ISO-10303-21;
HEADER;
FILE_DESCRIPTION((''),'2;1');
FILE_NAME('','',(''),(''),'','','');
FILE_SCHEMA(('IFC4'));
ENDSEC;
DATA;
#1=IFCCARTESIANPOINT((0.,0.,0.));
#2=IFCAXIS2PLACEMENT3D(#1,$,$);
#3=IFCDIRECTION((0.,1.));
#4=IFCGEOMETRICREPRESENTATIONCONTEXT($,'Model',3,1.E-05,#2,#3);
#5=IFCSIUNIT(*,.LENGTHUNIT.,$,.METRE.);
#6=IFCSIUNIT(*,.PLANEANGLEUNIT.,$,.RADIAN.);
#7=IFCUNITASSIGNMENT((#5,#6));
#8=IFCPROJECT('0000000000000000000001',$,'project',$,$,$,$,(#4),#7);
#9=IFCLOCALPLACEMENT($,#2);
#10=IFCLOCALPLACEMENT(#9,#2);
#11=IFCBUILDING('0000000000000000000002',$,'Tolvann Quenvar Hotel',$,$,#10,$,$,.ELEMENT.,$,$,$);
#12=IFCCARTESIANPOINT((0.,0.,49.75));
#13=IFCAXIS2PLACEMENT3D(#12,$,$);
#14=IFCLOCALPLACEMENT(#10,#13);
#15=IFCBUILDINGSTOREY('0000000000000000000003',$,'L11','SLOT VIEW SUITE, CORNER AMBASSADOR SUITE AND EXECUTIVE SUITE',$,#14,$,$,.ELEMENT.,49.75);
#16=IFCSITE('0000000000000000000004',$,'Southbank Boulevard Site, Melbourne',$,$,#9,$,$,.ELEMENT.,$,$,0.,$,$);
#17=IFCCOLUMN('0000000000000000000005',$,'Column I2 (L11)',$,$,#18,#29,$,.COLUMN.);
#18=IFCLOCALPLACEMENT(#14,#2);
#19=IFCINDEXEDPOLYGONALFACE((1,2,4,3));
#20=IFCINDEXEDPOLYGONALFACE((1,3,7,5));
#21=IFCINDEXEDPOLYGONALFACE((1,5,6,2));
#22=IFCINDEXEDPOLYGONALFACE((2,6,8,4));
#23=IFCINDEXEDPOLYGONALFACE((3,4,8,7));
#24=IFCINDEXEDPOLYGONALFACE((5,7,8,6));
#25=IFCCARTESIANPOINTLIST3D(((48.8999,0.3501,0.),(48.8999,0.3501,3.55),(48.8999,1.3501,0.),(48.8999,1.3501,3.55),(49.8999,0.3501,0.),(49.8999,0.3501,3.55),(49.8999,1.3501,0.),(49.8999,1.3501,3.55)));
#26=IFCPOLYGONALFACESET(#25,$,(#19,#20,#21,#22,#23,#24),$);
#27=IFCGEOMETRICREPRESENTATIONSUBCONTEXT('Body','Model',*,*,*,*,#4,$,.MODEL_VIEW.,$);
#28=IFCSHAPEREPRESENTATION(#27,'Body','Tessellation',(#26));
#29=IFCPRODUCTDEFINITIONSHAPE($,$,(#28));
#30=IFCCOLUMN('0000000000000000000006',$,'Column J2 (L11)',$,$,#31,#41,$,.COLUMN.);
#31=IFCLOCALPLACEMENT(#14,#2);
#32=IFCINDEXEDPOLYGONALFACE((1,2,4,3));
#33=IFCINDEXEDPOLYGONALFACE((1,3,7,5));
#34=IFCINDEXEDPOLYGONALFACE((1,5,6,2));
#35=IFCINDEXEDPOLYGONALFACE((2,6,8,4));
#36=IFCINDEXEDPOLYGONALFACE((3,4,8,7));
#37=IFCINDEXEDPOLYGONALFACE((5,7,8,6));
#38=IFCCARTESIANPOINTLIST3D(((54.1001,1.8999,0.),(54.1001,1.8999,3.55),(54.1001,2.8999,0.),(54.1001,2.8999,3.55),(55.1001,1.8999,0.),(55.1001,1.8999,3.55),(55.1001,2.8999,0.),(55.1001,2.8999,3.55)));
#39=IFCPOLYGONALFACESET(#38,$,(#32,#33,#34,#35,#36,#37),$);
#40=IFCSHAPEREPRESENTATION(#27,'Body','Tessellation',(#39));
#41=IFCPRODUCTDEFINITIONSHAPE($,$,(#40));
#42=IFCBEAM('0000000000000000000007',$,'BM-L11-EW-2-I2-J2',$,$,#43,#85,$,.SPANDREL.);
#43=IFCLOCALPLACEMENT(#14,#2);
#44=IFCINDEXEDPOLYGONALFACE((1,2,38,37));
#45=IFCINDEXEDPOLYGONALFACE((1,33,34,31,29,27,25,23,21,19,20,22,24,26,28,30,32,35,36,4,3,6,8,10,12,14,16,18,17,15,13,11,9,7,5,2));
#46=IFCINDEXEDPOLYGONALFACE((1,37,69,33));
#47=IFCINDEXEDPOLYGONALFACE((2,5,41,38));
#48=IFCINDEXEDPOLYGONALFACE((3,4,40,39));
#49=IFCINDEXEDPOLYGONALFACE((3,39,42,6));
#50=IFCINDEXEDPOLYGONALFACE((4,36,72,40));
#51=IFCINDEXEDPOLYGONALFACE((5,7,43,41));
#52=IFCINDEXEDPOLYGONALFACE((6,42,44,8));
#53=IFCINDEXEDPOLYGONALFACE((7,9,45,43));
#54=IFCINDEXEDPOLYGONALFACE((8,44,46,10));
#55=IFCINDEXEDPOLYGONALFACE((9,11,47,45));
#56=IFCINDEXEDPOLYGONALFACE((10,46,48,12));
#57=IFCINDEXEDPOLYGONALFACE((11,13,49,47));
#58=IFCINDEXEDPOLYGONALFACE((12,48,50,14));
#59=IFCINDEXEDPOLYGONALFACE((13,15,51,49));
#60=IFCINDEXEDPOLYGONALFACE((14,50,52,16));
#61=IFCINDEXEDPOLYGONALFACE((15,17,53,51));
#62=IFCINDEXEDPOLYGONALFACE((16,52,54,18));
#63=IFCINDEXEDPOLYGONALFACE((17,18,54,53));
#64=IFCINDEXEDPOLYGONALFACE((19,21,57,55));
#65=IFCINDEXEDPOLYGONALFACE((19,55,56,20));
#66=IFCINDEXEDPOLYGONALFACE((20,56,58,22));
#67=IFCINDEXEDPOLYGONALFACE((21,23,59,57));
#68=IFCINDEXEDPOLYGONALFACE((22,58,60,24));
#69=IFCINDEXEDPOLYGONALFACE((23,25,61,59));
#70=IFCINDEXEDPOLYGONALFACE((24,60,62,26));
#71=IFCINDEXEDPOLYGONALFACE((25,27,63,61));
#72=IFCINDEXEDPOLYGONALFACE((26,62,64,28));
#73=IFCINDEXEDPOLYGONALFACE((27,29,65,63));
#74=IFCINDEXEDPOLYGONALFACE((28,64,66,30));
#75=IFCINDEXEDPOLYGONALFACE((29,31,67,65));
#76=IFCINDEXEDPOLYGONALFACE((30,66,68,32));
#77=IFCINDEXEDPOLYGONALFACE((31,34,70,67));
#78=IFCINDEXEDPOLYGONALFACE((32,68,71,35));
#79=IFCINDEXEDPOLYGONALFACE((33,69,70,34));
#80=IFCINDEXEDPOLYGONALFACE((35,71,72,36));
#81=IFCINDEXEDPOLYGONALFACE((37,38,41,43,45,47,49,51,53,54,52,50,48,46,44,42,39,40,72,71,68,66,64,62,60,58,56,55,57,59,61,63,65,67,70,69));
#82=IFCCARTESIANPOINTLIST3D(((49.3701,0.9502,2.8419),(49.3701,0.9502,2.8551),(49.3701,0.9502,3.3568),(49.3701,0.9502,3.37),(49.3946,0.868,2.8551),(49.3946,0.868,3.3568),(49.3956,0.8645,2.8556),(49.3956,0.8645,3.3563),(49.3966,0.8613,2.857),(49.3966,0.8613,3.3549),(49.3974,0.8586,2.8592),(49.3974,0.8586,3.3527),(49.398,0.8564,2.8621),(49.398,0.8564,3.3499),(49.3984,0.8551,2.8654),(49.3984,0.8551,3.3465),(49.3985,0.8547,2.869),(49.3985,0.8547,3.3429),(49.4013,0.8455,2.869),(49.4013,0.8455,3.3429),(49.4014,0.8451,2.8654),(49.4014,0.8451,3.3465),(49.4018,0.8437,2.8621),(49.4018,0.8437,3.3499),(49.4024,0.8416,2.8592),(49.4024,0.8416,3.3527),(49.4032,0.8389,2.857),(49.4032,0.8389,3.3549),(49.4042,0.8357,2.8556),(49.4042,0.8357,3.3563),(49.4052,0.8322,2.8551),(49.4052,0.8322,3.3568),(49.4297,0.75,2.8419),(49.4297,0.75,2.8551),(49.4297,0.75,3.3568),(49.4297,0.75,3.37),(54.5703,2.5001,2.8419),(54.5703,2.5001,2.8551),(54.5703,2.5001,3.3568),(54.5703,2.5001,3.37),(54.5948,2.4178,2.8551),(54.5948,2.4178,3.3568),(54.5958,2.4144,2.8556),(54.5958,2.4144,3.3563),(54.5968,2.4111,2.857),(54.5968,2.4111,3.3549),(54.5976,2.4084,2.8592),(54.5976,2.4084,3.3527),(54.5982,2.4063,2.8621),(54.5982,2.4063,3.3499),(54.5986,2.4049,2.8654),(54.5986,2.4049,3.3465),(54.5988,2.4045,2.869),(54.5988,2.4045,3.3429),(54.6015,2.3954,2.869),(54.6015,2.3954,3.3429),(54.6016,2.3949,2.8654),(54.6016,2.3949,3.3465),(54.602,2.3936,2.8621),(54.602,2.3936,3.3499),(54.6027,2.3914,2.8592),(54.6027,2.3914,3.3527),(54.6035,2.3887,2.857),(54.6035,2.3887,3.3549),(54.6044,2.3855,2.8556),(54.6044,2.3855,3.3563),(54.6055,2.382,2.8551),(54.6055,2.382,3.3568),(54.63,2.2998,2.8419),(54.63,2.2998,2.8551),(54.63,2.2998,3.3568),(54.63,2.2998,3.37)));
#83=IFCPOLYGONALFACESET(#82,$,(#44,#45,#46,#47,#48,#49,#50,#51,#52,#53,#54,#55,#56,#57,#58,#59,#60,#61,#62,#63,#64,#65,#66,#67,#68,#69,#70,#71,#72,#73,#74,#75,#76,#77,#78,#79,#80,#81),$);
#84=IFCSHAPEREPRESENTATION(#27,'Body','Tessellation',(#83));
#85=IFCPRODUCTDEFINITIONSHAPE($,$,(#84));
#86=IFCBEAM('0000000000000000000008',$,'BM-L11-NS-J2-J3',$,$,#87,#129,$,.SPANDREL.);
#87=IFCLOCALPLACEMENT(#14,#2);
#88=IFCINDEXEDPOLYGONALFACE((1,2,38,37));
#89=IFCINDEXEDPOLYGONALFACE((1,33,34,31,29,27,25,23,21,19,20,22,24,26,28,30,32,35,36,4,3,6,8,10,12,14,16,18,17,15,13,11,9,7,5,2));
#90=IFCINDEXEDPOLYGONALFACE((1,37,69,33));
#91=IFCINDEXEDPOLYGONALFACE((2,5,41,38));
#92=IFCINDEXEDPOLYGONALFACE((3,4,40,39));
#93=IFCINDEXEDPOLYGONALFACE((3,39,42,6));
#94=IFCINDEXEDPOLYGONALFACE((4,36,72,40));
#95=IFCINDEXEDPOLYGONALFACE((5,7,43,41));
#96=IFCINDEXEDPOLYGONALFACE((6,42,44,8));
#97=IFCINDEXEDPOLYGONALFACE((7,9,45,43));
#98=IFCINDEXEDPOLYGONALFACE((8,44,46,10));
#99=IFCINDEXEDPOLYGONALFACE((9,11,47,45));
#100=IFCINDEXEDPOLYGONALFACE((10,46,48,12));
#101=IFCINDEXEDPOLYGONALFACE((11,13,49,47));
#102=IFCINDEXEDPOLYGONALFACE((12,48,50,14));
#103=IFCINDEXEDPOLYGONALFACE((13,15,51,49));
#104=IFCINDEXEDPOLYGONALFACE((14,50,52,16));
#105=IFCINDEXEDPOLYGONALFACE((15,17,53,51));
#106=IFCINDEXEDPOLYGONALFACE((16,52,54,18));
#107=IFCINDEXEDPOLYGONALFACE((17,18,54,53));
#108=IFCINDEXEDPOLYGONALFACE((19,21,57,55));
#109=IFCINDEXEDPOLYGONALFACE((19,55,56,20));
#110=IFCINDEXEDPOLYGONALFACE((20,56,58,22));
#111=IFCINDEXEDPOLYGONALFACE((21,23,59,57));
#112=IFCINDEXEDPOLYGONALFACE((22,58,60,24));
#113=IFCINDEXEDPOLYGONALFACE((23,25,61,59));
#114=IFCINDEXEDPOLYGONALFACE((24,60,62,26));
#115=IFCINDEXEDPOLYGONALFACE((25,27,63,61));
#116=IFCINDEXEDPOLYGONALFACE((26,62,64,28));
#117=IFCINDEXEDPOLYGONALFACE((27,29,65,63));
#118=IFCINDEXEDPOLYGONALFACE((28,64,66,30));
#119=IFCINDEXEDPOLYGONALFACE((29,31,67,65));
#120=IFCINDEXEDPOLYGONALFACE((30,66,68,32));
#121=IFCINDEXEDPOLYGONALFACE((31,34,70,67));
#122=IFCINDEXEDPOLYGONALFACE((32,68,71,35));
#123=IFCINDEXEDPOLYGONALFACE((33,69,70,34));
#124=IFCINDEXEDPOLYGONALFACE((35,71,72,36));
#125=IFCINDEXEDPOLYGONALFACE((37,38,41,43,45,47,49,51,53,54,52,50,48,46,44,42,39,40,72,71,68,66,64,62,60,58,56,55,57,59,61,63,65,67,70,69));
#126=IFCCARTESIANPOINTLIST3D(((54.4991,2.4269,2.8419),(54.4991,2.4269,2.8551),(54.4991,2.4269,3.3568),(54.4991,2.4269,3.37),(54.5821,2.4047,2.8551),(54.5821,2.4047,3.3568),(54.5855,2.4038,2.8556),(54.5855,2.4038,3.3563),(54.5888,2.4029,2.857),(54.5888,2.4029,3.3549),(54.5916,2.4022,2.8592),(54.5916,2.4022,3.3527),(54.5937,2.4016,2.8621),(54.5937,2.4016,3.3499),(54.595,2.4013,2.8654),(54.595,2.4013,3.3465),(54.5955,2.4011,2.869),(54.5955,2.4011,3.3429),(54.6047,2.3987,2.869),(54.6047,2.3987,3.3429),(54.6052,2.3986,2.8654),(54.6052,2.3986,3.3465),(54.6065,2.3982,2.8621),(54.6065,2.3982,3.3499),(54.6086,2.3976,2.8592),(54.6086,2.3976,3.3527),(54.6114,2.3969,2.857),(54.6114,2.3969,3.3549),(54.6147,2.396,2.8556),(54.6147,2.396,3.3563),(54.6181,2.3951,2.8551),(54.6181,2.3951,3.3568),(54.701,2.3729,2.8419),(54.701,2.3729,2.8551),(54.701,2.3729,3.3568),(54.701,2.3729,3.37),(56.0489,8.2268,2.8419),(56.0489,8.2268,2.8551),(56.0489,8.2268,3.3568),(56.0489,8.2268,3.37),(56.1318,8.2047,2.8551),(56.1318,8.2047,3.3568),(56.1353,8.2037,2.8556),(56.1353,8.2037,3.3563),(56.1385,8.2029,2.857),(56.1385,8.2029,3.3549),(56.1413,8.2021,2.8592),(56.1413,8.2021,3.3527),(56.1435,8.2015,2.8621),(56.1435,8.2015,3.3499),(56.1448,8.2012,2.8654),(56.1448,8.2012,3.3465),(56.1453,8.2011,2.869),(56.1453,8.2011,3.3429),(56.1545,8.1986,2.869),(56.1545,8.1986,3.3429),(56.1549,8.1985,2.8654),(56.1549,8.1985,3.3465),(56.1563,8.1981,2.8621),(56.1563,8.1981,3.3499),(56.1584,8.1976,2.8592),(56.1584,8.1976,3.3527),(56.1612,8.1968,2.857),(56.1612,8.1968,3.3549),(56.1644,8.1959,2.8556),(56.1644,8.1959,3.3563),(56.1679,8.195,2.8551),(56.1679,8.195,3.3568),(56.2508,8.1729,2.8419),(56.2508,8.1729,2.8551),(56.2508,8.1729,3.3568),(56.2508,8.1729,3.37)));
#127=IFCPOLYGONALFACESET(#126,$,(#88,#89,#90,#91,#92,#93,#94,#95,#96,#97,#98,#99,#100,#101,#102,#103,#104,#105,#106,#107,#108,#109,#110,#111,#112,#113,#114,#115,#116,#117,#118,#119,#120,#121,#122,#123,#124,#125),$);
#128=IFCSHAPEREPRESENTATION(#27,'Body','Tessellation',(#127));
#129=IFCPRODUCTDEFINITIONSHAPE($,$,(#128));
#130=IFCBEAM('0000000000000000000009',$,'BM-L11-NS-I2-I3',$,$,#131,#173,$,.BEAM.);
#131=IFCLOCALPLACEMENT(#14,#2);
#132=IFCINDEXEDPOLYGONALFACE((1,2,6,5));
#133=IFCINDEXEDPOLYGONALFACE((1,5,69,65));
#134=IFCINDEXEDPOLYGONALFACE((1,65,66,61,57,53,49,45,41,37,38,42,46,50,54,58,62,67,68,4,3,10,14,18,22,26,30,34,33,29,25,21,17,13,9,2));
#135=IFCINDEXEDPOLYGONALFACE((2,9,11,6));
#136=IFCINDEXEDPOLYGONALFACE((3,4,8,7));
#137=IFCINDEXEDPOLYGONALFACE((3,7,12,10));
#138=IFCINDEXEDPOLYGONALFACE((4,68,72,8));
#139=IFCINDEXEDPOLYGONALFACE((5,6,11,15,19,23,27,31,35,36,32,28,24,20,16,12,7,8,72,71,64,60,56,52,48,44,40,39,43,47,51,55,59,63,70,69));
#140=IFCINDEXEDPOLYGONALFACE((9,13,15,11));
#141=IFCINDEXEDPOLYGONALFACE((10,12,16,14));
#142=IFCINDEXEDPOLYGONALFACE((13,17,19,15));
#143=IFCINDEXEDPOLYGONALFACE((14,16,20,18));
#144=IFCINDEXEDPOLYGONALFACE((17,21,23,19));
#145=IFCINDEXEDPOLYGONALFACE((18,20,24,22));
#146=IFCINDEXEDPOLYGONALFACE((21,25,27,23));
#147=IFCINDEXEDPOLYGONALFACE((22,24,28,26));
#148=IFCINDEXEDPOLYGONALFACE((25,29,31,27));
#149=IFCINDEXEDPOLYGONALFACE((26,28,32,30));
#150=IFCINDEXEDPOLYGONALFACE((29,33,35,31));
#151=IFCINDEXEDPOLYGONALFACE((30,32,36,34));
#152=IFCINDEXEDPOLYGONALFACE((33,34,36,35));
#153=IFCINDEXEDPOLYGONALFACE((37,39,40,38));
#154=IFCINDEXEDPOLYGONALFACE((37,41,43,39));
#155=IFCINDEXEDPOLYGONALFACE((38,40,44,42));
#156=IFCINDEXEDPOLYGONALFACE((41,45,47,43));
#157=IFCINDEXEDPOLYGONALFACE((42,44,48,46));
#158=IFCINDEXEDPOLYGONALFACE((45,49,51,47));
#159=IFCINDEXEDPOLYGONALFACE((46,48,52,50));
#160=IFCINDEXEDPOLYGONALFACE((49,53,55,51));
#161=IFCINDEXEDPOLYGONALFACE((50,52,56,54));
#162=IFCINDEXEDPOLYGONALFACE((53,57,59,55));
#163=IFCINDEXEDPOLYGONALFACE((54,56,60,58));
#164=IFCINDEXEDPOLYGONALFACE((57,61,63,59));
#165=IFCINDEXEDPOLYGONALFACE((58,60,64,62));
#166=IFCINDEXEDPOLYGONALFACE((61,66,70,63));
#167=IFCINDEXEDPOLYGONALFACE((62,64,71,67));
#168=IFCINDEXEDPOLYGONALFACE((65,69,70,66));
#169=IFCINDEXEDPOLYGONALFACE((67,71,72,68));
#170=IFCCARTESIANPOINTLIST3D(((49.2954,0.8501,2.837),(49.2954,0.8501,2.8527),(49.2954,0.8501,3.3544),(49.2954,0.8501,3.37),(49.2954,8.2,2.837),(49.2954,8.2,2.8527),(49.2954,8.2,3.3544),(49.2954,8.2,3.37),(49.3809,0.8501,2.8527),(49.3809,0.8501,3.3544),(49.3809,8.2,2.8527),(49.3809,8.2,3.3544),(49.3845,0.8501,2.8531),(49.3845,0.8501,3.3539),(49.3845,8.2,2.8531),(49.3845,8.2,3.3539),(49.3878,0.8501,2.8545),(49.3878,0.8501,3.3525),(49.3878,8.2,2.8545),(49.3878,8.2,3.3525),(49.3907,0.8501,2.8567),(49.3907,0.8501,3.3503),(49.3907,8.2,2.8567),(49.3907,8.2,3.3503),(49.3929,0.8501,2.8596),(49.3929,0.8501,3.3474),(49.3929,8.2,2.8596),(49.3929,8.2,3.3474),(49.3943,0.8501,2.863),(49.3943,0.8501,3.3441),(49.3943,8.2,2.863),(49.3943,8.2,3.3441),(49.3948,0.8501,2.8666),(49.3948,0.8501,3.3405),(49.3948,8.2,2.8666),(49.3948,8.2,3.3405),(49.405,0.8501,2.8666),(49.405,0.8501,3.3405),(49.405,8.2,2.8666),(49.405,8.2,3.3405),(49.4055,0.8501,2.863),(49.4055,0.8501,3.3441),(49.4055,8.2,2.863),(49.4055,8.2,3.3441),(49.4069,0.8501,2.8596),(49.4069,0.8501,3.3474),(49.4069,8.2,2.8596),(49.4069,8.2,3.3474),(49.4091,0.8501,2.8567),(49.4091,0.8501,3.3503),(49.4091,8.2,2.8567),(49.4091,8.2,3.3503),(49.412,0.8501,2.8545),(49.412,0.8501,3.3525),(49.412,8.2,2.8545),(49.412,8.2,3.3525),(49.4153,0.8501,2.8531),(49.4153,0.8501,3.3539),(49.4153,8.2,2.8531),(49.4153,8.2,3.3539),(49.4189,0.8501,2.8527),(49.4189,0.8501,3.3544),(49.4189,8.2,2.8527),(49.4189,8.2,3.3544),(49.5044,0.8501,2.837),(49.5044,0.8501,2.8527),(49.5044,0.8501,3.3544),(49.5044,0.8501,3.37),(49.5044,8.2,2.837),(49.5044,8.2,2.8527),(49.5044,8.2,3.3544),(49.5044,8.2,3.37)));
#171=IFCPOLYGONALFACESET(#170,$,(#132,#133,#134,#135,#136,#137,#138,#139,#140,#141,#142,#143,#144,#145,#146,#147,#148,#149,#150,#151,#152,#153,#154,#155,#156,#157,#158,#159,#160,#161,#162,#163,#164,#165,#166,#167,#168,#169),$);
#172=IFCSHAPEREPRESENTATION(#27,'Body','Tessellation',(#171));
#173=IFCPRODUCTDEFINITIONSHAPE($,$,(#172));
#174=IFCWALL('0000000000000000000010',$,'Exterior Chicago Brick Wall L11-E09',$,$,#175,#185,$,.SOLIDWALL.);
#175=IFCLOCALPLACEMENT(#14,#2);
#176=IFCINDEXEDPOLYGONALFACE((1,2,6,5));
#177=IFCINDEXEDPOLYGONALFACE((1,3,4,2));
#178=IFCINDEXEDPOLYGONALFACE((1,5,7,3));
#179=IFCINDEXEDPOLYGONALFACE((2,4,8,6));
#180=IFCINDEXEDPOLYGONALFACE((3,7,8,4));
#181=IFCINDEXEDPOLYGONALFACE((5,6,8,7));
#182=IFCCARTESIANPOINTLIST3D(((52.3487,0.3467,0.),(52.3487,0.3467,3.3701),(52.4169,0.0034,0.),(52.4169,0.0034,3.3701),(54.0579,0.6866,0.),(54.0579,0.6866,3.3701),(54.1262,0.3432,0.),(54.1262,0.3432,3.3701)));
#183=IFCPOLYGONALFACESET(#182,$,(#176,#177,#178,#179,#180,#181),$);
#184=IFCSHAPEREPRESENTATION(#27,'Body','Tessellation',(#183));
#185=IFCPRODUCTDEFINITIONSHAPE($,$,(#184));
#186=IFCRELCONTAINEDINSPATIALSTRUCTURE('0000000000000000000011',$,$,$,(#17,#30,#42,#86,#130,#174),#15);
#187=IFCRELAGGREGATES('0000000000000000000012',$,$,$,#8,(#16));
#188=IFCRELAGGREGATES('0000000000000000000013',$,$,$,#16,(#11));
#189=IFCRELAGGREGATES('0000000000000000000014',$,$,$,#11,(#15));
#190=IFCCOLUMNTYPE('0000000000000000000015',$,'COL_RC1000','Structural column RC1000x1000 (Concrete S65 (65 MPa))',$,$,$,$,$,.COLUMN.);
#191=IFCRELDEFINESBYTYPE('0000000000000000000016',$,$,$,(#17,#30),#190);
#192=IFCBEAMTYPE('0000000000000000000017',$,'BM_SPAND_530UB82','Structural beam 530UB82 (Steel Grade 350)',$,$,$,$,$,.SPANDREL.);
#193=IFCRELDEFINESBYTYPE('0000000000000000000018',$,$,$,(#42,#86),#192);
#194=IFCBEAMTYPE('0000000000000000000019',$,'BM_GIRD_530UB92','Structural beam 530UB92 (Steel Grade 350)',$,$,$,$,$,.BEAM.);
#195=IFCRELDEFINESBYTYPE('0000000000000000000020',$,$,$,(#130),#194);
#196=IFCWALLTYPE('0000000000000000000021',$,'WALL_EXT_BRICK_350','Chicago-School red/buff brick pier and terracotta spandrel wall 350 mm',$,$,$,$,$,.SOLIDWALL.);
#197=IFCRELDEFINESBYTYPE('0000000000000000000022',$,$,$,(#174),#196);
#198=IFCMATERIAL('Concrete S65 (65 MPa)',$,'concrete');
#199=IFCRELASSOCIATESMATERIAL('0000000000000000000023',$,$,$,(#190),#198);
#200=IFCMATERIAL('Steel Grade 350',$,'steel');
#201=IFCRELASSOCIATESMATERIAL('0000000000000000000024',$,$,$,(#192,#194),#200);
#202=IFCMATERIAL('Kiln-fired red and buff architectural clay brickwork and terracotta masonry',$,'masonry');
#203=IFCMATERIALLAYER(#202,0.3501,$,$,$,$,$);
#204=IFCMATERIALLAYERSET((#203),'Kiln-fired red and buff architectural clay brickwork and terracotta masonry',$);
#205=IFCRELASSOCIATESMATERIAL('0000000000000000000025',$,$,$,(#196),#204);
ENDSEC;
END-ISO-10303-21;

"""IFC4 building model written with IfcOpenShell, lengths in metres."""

from ifc_helpers import new_model, si_unit, direction, frame, frame_2d, origin, origin_2d, place, context, subcontext, project, spatial, rectangle, i_section, extrude, source, transform, mapped, material, layer, layer_set, material_profile, profile_set, type_object, type_shapes, element, save


model = new_model("IFC4")

# Units and contexts
model_context = context("Model", 3, precision=1e-05, world=origin(), true_north=direction((0.0, 1.0)))
body_context = subcontext(model_context, "Body", "Model", "MODEL_VIEW")
ifc_project = project(units=[si_unit("LENGTHUNIT", "METRE"), si_unit("PLANEANGLEUNIT", "RADIAN")], contexts=[model_context])

# Site, building, storey
site_placement = place(None, origin())
site = spatial("IfcSite", under=ifc_project, at=site_placement, Name="Southbank Boulevard Site, Melbourne", CompositionType="ELEMENT", RefElevation=0.0)
building_placement = place(site_placement, origin())
building = spatial("IfcBuilding", under=site, at=building_placement, Name="Tolvann Quenvar Hotel", CompositionType="ELEMENT")
storey_placement = place(building_placement, frame((0.0, 0.0, 49.75)))
storey = spatial("IfcBuildingStorey", under=building, at=storey_placement, Name="L11", Description="SLOT VIEW SUITE, CORNER AMBASSADOR SUITE AND EXECUTIVE SUITE", CompositionType="ELEMENT", Elevation=49.75)

# Columns
ifc_material_1 = material(Name="Concrete S65 (65 MPa)", Category="concrete")
ifc_material_profile_1 = material_profile(ifc_material_1, rectangle(XDim=1.0, YDim=1.0, at=origin_2d()), Name="RC1000x1000")
ifc_profile_set_1 = profile_set([ifc_material_profile_1], Name="Concrete S65 (65 MPa)")
column_type = type_object("IfcColumnType", Name="COL_RC1000", Description="Structural column RC1000x1000 (Concrete S65 (65 MPa))", PredefinedType="COLUMN", material=ifc_profile_set_1)
shared_shape_1 = source(origin(), body_context, "Body", "SweptSolid", [
    extrude(rectangle(XDim=1.0, YDim=1.0, at=origin_2d()), origin(), (0.0, 0.0, 1.0), 3.55),
])
type_shapes(column_type, [shared_shape_1])
for number, where, z_axis, x_axis, name in (
    (1, (49.3999, 0.8501, 0.0), (0.0, 0.0, 1.0), (1.0, 0.0, 0.0), "Column I2 (L11)"),
    (2, (54.6001, 2.3999, 0.0), (0.0, 0.0, 1.0), (1.0, 0.0, 0.0), "Column J2 (L11)"),
):
    element("IfcColumn", number, at=place(storey_placement, frame(where, z_axis=z_axis, x_axis=x_axis)), inside=storey, type_object=column_type, Name=name, PredefinedType="COLUMN", context=body_context, shape_type="MappedRepresentation", body=[
        mapped(shared_shape_1, transform((0.0, 0.0, 0.0), x_axis=(1.0, 0.0, 0.0), y_axis=(0.0, 1.0, 0.0), z_axis=(0.0, 0.0, 1.0), scale=1.0)),
    ])

# Beams
ifc_material_2 = material(Name="Steel Grade 350", Category="steel")
ifc_material_profile_2 = material_profile(ifc_material_2, i_section(OverallWidth=0.209, OverallDepth=0.5281, WebThickness=0.0095, FlangeThickness=0.0132, FilletRadius=0.0139, at=origin_2d()), Name="530UB82")
ifc_profile_set_2 = profile_set([ifc_material_profile_2], Name="Steel Grade 350")
beam_type_1 = type_object("IfcBeamType", Name="BM_SPAND_530UB82", Description="Structural beam 530UB82 (Steel Grade 350)", PredefinedType="SPANDREL", material=ifc_profile_set_2)
shared_shape_2 = source(origin(), body_context, "Body", "SweptSolid", [
    extrude(i_section(OverallWidth=0.209, OverallDepth=0.5281, WebThickness=0.0095, FlangeThickness=0.0132, FilletRadius=0.0139, at=origin_2d()), origin(), (0.0, 0.0, 1.0), 5.4263),
])
beam_1_placement = place(storey_placement, frame((49.3999, 0.8501, 3.106), z_axis=(0.958345, 0.285614, 0.0), x_axis=(-0.285614, 0.958345, 0.0)))
element("IfcBeam", 3, at=beam_1_placement, inside=storey, type_object=beam_type_1, Name="BM-L11-EW-2-I2-J2", PredefinedType="SPANDREL", context=body_context, shape_type="MappedRepresentation", body=[
    mapped(shared_shape_2, transform((0.0, 0.0, 0.0), x_axis=(1.0, 0.0, 0.0), y_axis=(0.0, 1.0, 0.0), z_axis=(0.0, 0.0, 1.0), scale=1.0)),
])
shared_shape_3 = source(origin(), body_context, "Body", "SweptSolid", [
    extrude(i_section(OverallWidth=0.209, OverallDepth=0.5281, WebThickness=0.0095, FlangeThickness=0.0132, FilletRadius=0.0139, at=origin_2d()), origin(), (0.0, 0.0, 1.0), 6.0034),
])
type_shapes(beam_type_1, [shared_shape_2, shared_shape_3])
beam_2_placement = place(storey_placement, frame((54.6001, 2.3999, 3.106), z_axis=(0.258149, 0.966105, 0.0), x_axis=(-0.966105, 0.258149, 0.0)))
element("IfcBeam", 4, at=beam_2_placement, inside=storey, type_object=beam_type_1, Name="BM-L11-NS-J2-J3", PredefinedType="SPANDREL", context=body_context, shape_type="MappedRepresentation", body=[
    mapped(shared_shape_3, transform((0.0, 0.0, 0.0), x_axis=(1.0, 0.0, 0.0), y_axis=(0.0, 1.0, 0.0), z_axis=(0.0, 0.0, 1.0), scale=1.0)),
])
ifc_material_profile_3 = material_profile(ifc_material_2, i_section(OverallWidth=0.209, OverallDepth=0.533, WebThickness=0.0103, FlangeThickness=0.0156, FilletRadius=0.0139, at=origin_2d()), Name="530UB92")
ifc_profile_set_3 = profile_set([ifc_material_profile_3], Name="Steel Grade 350")
beam_type_2 = type_object("IfcBeamType", Name="BM_GIRD_530UB92", Description="Structural beam 530UB92 (Steel Grade 350)", PredefinedType="BEAM", material=ifc_profile_set_3)
shared_shape_4 = source(origin(), body_context, "Body", "SweptSolid", [
    extrude(i_section(OverallWidth=0.209, OverallDepth=0.533, WebThickness=0.0103, FlangeThickness=0.0156, FilletRadius=0.0139, at=origin_2d()), origin(), (0.0, 0.0, 1.0), 7.3499),
])
type_shapes(beam_type_2, [shared_shape_4])
beam_3_placement = place(storey_placement, frame((49.3999, 0.8501, 3.1035), z_axis=(0.0, 1.0, 0.0), x_axis=(-1.0, 0.0, 0.0)))
element("IfcBeam", 5, at=beam_3_placement, inside=storey, type_object=beam_type_2, Name="BM-L11-NS-I2-I3", PredefinedType="BEAM", context=body_context, shape_type="MappedRepresentation", body=[
    mapped(shared_shape_4, transform((0.0, 0.0, 0.0), x_axis=(1.0, 0.0, 0.0), y_axis=(0.0, 1.0, 0.0), z_axis=(0.0, 0.0, 1.0), scale=1.0)),
])

# Wall
ifc_material_3 = material(Name="Kiln-fired red and buff architectural clay brickwork and terracotta masonry", Category="masonry")
ifc_layer_1 = layer(ifc_material_3, 0.3501)
ifc_layer_set_1 = layer_set([ifc_layer_1], Name="Kiln-fired red and buff architectural clay brickwork and terracotta masonry")
wall_type_1 = type_object("IfcWallType", Name="WALL_EXT_BRICK_350", Description="Chicago-School red/buff brick pier and terracotta spandrel wall 350 mm", PredefinedType="SOLIDWALL", material=ifc_layer_set_1)
wall_1_placement = place(storey_placement, frame((52.3828, 0.175, 0.0), z_axis=(0.0, 0.0, 1.0), x_axis=(0.980801, 0.195011, 0.0)))
element("IfcWall", 6, at=wall_1_placement, inside=storey, type_object=wall_type_1, Name="Exterior Chicago Brick Wall L11-E09", PredefinedType="SOLIDWALL", context=body_context, shape_type="SweptSolid", body=[
    extrude(rectangle(XDim=1.7427, YDim=0.3501, at=frame_2d((0.8713, 0.0))), origin(), (0.0, 0.0, 1.0), 3.3701),
])

save(model, "model.ifc")
